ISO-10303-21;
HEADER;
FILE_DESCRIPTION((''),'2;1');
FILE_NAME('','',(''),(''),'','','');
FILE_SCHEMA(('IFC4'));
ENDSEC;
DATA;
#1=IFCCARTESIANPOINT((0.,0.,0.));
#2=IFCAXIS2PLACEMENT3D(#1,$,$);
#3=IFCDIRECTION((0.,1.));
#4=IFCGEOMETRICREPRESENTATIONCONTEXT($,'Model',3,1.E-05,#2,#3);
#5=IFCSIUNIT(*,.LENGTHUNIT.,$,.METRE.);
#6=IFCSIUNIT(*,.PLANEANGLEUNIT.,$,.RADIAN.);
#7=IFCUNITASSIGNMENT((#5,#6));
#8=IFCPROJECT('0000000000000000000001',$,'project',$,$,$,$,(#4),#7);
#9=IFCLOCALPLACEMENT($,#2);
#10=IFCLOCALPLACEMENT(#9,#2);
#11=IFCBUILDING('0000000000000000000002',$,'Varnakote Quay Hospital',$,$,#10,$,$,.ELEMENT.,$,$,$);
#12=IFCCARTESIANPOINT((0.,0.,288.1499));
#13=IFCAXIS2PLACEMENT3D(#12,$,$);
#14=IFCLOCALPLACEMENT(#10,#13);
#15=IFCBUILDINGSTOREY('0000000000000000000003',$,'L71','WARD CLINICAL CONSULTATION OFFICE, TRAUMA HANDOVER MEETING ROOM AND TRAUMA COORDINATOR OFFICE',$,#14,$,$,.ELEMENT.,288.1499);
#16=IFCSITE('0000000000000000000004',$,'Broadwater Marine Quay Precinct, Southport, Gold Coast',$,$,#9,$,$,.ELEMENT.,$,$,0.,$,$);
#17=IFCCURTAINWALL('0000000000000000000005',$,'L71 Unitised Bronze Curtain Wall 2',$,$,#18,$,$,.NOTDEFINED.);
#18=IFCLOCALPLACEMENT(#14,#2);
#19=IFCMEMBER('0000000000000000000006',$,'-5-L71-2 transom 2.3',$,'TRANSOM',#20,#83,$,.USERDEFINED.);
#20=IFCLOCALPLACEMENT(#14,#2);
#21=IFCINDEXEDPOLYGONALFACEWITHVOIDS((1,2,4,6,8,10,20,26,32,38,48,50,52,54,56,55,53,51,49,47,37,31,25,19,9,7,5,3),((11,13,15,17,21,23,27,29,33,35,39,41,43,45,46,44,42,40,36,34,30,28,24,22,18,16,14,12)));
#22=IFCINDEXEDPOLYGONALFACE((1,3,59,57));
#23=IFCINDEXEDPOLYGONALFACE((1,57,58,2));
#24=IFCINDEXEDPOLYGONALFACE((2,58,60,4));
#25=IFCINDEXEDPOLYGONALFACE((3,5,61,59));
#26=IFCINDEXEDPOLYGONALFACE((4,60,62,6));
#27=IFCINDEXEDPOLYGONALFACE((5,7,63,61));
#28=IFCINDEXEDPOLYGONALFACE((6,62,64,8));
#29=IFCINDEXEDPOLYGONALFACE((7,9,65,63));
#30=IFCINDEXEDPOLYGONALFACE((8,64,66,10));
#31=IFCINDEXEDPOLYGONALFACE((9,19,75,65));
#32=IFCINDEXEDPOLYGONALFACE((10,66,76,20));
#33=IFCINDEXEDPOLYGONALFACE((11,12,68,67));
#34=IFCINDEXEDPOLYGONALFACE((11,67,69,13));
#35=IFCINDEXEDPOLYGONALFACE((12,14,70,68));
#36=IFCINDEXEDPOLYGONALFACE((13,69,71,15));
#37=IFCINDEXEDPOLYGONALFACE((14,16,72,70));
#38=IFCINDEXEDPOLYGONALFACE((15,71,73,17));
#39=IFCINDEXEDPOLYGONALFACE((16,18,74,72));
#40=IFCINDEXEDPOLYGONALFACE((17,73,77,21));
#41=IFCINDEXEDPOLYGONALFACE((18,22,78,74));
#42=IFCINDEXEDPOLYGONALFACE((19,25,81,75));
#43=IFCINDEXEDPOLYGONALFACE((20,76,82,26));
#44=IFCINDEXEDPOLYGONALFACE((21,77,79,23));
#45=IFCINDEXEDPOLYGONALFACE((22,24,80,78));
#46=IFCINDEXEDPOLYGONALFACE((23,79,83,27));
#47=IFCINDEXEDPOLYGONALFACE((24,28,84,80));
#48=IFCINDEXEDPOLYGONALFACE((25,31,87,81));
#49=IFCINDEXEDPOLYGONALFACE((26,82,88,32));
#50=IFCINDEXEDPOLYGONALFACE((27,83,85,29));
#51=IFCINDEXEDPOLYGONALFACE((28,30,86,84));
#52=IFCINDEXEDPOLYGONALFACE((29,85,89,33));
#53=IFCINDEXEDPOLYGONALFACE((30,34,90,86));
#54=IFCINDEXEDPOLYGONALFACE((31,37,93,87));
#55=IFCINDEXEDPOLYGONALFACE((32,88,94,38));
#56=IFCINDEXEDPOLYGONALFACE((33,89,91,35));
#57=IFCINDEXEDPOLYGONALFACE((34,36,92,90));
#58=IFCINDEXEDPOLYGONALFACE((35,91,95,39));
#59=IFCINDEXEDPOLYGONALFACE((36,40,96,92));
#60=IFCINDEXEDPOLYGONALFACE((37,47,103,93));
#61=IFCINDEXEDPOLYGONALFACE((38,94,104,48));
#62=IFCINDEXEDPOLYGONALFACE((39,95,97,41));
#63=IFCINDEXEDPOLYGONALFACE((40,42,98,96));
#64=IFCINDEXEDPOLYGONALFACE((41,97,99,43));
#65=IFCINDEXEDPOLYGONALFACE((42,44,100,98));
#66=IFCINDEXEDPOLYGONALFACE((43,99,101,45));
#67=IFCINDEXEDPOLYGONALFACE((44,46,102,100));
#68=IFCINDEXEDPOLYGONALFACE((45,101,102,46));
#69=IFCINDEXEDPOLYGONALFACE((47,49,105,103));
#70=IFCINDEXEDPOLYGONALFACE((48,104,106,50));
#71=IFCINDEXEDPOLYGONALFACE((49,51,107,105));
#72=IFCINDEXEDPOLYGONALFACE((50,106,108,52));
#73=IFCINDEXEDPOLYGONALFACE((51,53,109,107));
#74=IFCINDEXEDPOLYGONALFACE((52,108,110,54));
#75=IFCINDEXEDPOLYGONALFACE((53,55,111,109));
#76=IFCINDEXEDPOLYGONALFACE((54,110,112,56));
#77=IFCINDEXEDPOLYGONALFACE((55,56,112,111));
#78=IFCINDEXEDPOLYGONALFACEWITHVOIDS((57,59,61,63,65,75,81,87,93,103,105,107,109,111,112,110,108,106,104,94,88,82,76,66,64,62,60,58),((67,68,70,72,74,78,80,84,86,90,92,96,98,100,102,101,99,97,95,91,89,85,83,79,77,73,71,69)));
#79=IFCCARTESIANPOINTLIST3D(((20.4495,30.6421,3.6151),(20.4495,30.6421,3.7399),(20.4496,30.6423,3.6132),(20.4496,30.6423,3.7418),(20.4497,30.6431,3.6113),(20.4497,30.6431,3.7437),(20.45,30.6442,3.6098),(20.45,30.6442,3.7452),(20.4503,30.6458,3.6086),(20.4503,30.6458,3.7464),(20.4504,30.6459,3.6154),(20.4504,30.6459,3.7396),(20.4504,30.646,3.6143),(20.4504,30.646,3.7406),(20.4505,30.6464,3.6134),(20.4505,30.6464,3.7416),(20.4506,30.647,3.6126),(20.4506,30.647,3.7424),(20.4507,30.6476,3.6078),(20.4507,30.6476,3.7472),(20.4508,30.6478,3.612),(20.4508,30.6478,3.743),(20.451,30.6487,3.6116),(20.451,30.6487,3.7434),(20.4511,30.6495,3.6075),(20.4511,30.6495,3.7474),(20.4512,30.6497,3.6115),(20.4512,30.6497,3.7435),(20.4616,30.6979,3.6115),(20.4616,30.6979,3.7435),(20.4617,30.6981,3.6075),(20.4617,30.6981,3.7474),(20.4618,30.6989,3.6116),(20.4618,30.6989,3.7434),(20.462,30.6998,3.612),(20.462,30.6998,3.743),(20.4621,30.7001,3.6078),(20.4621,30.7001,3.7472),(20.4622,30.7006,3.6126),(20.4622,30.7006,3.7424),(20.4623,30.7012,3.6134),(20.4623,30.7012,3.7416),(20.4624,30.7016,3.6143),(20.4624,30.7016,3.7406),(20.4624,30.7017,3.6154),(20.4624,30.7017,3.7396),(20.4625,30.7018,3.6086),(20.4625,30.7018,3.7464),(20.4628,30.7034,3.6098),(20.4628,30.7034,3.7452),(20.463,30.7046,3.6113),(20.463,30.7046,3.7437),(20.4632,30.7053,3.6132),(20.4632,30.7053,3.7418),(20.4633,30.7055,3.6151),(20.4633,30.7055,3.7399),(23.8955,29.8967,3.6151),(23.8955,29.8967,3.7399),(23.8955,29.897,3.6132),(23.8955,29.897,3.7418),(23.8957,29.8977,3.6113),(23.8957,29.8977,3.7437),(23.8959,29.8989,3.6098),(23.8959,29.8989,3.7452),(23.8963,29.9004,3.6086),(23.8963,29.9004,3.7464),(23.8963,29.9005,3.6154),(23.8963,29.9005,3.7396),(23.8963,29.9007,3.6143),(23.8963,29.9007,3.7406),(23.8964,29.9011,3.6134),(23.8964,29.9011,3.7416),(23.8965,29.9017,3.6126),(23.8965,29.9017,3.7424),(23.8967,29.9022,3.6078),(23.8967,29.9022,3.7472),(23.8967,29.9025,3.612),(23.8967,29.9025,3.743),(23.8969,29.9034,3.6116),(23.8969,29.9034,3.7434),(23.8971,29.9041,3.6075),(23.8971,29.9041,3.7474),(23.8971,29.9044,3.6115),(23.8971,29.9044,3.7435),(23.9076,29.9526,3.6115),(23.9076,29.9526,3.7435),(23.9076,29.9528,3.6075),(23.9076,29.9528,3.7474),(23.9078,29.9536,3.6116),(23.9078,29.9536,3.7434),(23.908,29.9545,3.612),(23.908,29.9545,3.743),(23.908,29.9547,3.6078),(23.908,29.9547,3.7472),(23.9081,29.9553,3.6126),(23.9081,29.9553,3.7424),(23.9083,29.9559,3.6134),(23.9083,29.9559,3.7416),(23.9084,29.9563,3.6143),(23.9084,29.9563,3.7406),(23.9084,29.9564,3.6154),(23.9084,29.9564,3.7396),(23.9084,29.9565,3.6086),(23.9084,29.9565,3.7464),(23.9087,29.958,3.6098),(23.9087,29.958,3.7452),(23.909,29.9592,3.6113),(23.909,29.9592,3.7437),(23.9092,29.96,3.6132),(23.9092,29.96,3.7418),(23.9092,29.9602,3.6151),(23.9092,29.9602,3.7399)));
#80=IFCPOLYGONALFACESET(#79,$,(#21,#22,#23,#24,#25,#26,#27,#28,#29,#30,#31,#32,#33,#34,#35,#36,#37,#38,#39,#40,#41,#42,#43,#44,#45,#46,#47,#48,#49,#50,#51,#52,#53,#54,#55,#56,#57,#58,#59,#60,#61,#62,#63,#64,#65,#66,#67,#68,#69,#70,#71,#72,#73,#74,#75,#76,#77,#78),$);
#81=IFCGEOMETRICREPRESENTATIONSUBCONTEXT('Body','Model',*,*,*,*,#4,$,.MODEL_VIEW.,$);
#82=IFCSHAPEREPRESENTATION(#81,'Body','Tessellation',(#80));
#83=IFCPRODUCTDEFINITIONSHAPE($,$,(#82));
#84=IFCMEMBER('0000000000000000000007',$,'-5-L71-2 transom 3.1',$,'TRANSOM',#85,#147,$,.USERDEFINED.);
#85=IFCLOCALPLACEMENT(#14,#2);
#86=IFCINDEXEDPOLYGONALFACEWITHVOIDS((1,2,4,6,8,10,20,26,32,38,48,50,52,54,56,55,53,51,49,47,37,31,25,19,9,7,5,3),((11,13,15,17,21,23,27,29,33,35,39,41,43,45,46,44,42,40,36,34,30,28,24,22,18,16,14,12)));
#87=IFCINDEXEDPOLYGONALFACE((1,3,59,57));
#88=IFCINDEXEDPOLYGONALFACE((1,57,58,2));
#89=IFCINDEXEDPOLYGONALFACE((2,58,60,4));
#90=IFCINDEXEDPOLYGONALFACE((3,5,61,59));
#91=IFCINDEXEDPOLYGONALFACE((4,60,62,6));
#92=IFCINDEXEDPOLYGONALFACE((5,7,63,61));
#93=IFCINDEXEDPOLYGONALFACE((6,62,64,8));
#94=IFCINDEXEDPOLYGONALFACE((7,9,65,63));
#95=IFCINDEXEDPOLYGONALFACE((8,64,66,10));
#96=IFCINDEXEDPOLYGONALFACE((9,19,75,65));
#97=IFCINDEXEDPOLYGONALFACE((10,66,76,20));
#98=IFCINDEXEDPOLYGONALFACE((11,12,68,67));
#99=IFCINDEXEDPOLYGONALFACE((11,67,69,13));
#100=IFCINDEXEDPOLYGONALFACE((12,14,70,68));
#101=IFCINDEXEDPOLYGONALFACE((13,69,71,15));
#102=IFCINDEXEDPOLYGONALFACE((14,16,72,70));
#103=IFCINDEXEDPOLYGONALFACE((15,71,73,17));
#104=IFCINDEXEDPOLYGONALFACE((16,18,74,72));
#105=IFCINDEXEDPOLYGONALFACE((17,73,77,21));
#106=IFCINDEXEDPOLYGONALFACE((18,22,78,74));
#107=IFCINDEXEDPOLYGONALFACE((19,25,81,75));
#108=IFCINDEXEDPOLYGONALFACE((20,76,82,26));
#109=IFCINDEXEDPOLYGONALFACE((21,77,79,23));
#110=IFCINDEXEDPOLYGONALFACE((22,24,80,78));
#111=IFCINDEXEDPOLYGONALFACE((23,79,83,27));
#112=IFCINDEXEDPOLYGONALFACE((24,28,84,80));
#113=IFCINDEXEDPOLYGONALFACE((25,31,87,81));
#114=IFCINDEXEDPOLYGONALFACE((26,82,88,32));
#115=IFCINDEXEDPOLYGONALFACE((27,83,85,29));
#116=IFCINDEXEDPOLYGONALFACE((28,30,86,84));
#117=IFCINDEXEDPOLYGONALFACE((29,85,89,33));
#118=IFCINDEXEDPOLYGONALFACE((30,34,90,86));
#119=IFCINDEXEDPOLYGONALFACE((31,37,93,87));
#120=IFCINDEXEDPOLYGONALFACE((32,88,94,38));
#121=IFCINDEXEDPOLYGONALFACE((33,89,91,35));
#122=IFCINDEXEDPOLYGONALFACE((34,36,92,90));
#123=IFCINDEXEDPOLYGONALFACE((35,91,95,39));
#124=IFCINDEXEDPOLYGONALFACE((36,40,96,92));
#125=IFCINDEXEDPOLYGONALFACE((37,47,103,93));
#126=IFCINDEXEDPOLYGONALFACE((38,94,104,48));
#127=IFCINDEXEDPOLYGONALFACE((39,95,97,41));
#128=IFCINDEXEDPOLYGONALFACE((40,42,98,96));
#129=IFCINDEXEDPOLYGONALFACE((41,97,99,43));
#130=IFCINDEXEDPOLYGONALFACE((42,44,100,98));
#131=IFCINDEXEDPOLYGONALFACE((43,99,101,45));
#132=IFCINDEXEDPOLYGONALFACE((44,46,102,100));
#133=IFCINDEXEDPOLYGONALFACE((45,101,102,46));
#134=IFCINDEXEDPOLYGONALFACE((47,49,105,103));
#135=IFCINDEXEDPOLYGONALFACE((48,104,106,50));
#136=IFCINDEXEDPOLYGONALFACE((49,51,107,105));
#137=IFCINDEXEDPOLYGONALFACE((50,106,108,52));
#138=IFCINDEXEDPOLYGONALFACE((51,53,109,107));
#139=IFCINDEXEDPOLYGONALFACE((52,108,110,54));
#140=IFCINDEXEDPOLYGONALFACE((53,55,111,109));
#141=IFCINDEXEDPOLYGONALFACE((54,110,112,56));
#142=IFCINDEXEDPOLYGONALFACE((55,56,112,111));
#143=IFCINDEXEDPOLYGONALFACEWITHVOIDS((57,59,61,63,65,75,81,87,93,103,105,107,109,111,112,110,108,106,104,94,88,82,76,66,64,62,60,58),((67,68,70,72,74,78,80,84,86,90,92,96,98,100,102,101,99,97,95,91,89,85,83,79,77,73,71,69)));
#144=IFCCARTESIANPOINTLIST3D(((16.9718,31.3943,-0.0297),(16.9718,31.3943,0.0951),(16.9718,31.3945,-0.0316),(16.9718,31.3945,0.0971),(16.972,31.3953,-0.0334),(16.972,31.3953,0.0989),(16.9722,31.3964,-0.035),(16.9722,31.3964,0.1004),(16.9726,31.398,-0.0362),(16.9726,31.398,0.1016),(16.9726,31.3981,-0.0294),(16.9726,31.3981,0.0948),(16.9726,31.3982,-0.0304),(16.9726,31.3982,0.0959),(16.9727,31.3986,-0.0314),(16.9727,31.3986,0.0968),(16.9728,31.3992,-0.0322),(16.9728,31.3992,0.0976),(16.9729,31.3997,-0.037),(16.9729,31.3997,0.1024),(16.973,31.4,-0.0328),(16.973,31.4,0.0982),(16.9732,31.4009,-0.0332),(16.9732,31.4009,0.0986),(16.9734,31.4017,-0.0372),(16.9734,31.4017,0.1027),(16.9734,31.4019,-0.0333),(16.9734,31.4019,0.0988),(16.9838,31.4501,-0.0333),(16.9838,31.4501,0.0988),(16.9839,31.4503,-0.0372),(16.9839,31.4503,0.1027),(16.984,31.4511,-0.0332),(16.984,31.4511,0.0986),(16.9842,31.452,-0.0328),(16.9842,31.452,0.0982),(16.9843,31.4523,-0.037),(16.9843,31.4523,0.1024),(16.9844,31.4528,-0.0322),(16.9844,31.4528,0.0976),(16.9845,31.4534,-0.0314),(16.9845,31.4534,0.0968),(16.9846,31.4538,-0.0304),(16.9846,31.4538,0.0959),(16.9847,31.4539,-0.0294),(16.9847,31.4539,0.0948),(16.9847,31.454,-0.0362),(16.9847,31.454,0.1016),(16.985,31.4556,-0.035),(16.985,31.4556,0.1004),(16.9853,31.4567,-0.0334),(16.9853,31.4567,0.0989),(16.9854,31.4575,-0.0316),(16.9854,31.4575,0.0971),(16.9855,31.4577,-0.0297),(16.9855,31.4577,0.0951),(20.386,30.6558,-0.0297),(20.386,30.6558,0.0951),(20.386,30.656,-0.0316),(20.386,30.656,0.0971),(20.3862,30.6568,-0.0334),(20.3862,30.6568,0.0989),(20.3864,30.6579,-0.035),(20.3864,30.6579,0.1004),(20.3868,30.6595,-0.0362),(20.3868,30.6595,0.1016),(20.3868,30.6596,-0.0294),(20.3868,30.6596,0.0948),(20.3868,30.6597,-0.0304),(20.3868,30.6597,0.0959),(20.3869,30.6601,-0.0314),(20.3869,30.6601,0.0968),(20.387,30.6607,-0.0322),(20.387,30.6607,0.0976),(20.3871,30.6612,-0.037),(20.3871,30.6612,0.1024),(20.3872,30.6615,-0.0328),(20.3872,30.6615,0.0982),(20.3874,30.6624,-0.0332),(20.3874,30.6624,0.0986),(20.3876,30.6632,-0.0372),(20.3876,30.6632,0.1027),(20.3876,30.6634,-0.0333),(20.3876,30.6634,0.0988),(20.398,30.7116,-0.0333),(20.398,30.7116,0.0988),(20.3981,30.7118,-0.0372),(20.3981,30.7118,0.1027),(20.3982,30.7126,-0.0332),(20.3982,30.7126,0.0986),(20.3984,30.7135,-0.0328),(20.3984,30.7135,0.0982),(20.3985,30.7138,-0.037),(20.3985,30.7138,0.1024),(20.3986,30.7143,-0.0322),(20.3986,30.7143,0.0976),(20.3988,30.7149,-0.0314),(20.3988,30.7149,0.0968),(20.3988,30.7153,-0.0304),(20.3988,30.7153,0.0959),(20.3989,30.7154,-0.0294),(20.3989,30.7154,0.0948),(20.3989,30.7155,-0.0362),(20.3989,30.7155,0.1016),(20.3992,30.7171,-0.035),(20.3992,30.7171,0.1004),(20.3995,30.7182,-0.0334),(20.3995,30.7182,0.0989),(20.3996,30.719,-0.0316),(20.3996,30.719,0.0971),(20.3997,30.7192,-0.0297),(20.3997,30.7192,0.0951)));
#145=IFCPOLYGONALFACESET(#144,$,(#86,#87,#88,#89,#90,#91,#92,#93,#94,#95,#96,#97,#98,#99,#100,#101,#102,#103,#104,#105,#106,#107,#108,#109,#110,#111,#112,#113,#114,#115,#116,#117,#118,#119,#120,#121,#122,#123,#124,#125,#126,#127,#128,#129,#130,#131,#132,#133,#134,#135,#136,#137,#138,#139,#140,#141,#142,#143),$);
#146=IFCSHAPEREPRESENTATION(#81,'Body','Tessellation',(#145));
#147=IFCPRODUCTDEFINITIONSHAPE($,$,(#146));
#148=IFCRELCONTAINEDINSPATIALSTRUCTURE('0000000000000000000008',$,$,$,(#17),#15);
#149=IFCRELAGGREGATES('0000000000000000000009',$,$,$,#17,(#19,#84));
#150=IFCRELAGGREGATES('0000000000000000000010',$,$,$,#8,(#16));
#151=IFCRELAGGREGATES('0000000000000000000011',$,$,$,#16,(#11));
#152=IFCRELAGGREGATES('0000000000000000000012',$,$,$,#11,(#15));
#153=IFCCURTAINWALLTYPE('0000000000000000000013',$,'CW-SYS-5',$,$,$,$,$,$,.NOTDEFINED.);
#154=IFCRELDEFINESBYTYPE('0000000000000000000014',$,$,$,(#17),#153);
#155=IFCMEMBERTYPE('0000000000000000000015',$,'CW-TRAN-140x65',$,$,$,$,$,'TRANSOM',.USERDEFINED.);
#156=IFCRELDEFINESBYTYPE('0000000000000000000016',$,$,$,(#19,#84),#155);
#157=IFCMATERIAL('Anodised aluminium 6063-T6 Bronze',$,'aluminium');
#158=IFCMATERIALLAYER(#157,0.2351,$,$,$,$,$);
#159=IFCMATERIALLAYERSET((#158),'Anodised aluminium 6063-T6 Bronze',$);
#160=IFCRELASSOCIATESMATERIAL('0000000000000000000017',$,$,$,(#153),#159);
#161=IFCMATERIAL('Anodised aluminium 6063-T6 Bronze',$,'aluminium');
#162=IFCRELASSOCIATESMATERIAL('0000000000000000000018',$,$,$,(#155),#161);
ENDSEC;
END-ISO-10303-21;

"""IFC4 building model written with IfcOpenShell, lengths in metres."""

from ifc_helpers import new_model, si_unit, direction, frame, origin, origin_2d, place, context, subcontext, project, spatial, hollow_rectangle, extrude, material, layer, layer_set, material_profile, profile_set, type_object, element, aggregate, save


model = new_model("IFC4")

# Units and contexts
model_context = context("Model", 3, precision=1e-05, world=origin(), true_north=direction((0.0, 1.0)))
body_context = subcontext(model_context, "Body", "Model", "MODEL_VIEW")
ifc_project = project(units=[si_unit("LENGTHUNIT", "METRE"), si_unit("PLANEANGLEUNIT", "RADIAN")], contexts=[model_context])

# Site, building, storey
site_placement = place(None, origin())
site = spatial("IfcSite", under=ifc_project, at=site_placement, Name="Broadwater Marine Quay Precinct, Southport, Gold Coast", CompositionType="ELEMENT", RefElevation=0.0)
building_placement = place(site_placement, origin())
building = spatial("IfcBuilding", under=site, at=building_placement, Name="Varnakote Quay Hospital", CompositionType="ELEMENT")
storey_placement = place(building_placement, frame((0.0, 0.0, 288.1499)))
storey = spatial("IfcBuildingStorey", under=building, at=storey_placement, Name="L71", Description="WARD CLINICAL CONSULTATION OFFICE, TRAUMA HANDOVER MEETING ROOM AND TRAUMA COORDINATOR OFFICE", CompositionType="ELEMENT", Elevation=288.1499)

# Shared definitions
ifc_material_1 = material(Name="Anodised aluminium 6063-T6 Bronze", Category="aluminium")
ifc_layer_1 = layer(ifc_material_1, 0.2351)
ifc_layer_set_1 = layer_set([ifc_layer_1], Name="Anodised aluminium 6063-T6 Bronze")
curtain_wall_type = type_object("IfcCurtainWallType", Name="CW-SYS-5", PredefinedType="NOTDEFINED", material=ifc_layer_set_1)

# Curtain wall, members
curtain_wall_1_placement = place(storey_placement, origin())
curtain_wall_1 = element("IfcCurtainWall", 1, at=curtain_wall_1_placement, inside=storey, type_object=curtain_wall_type, Name="L71 Unitised Bronze Curtain Wall 2", PredefinedType="NOTDEFINED")
ifc_material_2 = material(Name="Anodised aluminium 6063-T6 Bronze", Category="aluminium")
ifc_material_profile_1 = material_profile(ifc_material_2, hollow_rectangle(XDim=0.0649, YDim=0.1399, WallThickness=0.0039, InnerFilletRadius=0.0039, OuterFilletRadius=0.0076, at=origin_2d()), Name="CW-TRAN-140x65")
ifc_profile_set_1 = profile_set([ifc_material_profile_1], Name="Anodised aluminium 6063-T6 Bronze")
member_type_1 = type_object("IfcMemberType", Name="CW-TRAN-140x65", ElementType="TRANSOM", PredefinedType="USERDEFINED", material=ifc_profile_set_1)
member_1_placement = place(storey_placement, frame((23.9023, 29.9285, 3.6775), z_axis=(-0.977398, 0.211406, 0.0), x_axis=(-0.211406, -0.977398, 0.0)))
member_1 = element("IfcMember", 2, at=member_1_placement, type_object=member_type_1, Name="-5-L71-2 transom 2.3", ObjectType="TRANSOM", PredefinedType="USERDEFINED", context=body_context, shape_type="SweptSolid", body=[
    extrude(hollow_rectangle(XDim=0.0649, YDim=0.1399, WallThickness=0.0039, InnerFilletRadius=0.0039, OuterFilletRadius=0.0076, at=origin_2d()), origin(), (0.0, 0.0, 1.0), 3.5256),
])
member_2_placement = place(storey_placement, frame((20.3928, 30.6875, 0.0327), z_axis=(-0.977397, 0.211414, 0.0), x_axis=(-0.211414, -0.977397, 0.0)))
member_2 = element("IfcMember", 3, at=member_2_placement, type_object=member_type_1, Name="-5-L71-2 transom 3.1", ObjectType="TRANSOM", PredefinedType="USERDEFINED", context=body_context, shape_type="SweptSolid", body=[
    extrude(hollow_rectangle(XDim=0.0649, YDim=0.1399, WallThickness=0.0039, InnerFilletRadius=0.0039, OuterFilletRadius=0.0076, at=origin_2d()), origin(), (0.0, 0.0, 1.0), 3.4932),
])
aggregate(curtain_wall_1, [member_1, member_2])

save(model, "model.ifc")
